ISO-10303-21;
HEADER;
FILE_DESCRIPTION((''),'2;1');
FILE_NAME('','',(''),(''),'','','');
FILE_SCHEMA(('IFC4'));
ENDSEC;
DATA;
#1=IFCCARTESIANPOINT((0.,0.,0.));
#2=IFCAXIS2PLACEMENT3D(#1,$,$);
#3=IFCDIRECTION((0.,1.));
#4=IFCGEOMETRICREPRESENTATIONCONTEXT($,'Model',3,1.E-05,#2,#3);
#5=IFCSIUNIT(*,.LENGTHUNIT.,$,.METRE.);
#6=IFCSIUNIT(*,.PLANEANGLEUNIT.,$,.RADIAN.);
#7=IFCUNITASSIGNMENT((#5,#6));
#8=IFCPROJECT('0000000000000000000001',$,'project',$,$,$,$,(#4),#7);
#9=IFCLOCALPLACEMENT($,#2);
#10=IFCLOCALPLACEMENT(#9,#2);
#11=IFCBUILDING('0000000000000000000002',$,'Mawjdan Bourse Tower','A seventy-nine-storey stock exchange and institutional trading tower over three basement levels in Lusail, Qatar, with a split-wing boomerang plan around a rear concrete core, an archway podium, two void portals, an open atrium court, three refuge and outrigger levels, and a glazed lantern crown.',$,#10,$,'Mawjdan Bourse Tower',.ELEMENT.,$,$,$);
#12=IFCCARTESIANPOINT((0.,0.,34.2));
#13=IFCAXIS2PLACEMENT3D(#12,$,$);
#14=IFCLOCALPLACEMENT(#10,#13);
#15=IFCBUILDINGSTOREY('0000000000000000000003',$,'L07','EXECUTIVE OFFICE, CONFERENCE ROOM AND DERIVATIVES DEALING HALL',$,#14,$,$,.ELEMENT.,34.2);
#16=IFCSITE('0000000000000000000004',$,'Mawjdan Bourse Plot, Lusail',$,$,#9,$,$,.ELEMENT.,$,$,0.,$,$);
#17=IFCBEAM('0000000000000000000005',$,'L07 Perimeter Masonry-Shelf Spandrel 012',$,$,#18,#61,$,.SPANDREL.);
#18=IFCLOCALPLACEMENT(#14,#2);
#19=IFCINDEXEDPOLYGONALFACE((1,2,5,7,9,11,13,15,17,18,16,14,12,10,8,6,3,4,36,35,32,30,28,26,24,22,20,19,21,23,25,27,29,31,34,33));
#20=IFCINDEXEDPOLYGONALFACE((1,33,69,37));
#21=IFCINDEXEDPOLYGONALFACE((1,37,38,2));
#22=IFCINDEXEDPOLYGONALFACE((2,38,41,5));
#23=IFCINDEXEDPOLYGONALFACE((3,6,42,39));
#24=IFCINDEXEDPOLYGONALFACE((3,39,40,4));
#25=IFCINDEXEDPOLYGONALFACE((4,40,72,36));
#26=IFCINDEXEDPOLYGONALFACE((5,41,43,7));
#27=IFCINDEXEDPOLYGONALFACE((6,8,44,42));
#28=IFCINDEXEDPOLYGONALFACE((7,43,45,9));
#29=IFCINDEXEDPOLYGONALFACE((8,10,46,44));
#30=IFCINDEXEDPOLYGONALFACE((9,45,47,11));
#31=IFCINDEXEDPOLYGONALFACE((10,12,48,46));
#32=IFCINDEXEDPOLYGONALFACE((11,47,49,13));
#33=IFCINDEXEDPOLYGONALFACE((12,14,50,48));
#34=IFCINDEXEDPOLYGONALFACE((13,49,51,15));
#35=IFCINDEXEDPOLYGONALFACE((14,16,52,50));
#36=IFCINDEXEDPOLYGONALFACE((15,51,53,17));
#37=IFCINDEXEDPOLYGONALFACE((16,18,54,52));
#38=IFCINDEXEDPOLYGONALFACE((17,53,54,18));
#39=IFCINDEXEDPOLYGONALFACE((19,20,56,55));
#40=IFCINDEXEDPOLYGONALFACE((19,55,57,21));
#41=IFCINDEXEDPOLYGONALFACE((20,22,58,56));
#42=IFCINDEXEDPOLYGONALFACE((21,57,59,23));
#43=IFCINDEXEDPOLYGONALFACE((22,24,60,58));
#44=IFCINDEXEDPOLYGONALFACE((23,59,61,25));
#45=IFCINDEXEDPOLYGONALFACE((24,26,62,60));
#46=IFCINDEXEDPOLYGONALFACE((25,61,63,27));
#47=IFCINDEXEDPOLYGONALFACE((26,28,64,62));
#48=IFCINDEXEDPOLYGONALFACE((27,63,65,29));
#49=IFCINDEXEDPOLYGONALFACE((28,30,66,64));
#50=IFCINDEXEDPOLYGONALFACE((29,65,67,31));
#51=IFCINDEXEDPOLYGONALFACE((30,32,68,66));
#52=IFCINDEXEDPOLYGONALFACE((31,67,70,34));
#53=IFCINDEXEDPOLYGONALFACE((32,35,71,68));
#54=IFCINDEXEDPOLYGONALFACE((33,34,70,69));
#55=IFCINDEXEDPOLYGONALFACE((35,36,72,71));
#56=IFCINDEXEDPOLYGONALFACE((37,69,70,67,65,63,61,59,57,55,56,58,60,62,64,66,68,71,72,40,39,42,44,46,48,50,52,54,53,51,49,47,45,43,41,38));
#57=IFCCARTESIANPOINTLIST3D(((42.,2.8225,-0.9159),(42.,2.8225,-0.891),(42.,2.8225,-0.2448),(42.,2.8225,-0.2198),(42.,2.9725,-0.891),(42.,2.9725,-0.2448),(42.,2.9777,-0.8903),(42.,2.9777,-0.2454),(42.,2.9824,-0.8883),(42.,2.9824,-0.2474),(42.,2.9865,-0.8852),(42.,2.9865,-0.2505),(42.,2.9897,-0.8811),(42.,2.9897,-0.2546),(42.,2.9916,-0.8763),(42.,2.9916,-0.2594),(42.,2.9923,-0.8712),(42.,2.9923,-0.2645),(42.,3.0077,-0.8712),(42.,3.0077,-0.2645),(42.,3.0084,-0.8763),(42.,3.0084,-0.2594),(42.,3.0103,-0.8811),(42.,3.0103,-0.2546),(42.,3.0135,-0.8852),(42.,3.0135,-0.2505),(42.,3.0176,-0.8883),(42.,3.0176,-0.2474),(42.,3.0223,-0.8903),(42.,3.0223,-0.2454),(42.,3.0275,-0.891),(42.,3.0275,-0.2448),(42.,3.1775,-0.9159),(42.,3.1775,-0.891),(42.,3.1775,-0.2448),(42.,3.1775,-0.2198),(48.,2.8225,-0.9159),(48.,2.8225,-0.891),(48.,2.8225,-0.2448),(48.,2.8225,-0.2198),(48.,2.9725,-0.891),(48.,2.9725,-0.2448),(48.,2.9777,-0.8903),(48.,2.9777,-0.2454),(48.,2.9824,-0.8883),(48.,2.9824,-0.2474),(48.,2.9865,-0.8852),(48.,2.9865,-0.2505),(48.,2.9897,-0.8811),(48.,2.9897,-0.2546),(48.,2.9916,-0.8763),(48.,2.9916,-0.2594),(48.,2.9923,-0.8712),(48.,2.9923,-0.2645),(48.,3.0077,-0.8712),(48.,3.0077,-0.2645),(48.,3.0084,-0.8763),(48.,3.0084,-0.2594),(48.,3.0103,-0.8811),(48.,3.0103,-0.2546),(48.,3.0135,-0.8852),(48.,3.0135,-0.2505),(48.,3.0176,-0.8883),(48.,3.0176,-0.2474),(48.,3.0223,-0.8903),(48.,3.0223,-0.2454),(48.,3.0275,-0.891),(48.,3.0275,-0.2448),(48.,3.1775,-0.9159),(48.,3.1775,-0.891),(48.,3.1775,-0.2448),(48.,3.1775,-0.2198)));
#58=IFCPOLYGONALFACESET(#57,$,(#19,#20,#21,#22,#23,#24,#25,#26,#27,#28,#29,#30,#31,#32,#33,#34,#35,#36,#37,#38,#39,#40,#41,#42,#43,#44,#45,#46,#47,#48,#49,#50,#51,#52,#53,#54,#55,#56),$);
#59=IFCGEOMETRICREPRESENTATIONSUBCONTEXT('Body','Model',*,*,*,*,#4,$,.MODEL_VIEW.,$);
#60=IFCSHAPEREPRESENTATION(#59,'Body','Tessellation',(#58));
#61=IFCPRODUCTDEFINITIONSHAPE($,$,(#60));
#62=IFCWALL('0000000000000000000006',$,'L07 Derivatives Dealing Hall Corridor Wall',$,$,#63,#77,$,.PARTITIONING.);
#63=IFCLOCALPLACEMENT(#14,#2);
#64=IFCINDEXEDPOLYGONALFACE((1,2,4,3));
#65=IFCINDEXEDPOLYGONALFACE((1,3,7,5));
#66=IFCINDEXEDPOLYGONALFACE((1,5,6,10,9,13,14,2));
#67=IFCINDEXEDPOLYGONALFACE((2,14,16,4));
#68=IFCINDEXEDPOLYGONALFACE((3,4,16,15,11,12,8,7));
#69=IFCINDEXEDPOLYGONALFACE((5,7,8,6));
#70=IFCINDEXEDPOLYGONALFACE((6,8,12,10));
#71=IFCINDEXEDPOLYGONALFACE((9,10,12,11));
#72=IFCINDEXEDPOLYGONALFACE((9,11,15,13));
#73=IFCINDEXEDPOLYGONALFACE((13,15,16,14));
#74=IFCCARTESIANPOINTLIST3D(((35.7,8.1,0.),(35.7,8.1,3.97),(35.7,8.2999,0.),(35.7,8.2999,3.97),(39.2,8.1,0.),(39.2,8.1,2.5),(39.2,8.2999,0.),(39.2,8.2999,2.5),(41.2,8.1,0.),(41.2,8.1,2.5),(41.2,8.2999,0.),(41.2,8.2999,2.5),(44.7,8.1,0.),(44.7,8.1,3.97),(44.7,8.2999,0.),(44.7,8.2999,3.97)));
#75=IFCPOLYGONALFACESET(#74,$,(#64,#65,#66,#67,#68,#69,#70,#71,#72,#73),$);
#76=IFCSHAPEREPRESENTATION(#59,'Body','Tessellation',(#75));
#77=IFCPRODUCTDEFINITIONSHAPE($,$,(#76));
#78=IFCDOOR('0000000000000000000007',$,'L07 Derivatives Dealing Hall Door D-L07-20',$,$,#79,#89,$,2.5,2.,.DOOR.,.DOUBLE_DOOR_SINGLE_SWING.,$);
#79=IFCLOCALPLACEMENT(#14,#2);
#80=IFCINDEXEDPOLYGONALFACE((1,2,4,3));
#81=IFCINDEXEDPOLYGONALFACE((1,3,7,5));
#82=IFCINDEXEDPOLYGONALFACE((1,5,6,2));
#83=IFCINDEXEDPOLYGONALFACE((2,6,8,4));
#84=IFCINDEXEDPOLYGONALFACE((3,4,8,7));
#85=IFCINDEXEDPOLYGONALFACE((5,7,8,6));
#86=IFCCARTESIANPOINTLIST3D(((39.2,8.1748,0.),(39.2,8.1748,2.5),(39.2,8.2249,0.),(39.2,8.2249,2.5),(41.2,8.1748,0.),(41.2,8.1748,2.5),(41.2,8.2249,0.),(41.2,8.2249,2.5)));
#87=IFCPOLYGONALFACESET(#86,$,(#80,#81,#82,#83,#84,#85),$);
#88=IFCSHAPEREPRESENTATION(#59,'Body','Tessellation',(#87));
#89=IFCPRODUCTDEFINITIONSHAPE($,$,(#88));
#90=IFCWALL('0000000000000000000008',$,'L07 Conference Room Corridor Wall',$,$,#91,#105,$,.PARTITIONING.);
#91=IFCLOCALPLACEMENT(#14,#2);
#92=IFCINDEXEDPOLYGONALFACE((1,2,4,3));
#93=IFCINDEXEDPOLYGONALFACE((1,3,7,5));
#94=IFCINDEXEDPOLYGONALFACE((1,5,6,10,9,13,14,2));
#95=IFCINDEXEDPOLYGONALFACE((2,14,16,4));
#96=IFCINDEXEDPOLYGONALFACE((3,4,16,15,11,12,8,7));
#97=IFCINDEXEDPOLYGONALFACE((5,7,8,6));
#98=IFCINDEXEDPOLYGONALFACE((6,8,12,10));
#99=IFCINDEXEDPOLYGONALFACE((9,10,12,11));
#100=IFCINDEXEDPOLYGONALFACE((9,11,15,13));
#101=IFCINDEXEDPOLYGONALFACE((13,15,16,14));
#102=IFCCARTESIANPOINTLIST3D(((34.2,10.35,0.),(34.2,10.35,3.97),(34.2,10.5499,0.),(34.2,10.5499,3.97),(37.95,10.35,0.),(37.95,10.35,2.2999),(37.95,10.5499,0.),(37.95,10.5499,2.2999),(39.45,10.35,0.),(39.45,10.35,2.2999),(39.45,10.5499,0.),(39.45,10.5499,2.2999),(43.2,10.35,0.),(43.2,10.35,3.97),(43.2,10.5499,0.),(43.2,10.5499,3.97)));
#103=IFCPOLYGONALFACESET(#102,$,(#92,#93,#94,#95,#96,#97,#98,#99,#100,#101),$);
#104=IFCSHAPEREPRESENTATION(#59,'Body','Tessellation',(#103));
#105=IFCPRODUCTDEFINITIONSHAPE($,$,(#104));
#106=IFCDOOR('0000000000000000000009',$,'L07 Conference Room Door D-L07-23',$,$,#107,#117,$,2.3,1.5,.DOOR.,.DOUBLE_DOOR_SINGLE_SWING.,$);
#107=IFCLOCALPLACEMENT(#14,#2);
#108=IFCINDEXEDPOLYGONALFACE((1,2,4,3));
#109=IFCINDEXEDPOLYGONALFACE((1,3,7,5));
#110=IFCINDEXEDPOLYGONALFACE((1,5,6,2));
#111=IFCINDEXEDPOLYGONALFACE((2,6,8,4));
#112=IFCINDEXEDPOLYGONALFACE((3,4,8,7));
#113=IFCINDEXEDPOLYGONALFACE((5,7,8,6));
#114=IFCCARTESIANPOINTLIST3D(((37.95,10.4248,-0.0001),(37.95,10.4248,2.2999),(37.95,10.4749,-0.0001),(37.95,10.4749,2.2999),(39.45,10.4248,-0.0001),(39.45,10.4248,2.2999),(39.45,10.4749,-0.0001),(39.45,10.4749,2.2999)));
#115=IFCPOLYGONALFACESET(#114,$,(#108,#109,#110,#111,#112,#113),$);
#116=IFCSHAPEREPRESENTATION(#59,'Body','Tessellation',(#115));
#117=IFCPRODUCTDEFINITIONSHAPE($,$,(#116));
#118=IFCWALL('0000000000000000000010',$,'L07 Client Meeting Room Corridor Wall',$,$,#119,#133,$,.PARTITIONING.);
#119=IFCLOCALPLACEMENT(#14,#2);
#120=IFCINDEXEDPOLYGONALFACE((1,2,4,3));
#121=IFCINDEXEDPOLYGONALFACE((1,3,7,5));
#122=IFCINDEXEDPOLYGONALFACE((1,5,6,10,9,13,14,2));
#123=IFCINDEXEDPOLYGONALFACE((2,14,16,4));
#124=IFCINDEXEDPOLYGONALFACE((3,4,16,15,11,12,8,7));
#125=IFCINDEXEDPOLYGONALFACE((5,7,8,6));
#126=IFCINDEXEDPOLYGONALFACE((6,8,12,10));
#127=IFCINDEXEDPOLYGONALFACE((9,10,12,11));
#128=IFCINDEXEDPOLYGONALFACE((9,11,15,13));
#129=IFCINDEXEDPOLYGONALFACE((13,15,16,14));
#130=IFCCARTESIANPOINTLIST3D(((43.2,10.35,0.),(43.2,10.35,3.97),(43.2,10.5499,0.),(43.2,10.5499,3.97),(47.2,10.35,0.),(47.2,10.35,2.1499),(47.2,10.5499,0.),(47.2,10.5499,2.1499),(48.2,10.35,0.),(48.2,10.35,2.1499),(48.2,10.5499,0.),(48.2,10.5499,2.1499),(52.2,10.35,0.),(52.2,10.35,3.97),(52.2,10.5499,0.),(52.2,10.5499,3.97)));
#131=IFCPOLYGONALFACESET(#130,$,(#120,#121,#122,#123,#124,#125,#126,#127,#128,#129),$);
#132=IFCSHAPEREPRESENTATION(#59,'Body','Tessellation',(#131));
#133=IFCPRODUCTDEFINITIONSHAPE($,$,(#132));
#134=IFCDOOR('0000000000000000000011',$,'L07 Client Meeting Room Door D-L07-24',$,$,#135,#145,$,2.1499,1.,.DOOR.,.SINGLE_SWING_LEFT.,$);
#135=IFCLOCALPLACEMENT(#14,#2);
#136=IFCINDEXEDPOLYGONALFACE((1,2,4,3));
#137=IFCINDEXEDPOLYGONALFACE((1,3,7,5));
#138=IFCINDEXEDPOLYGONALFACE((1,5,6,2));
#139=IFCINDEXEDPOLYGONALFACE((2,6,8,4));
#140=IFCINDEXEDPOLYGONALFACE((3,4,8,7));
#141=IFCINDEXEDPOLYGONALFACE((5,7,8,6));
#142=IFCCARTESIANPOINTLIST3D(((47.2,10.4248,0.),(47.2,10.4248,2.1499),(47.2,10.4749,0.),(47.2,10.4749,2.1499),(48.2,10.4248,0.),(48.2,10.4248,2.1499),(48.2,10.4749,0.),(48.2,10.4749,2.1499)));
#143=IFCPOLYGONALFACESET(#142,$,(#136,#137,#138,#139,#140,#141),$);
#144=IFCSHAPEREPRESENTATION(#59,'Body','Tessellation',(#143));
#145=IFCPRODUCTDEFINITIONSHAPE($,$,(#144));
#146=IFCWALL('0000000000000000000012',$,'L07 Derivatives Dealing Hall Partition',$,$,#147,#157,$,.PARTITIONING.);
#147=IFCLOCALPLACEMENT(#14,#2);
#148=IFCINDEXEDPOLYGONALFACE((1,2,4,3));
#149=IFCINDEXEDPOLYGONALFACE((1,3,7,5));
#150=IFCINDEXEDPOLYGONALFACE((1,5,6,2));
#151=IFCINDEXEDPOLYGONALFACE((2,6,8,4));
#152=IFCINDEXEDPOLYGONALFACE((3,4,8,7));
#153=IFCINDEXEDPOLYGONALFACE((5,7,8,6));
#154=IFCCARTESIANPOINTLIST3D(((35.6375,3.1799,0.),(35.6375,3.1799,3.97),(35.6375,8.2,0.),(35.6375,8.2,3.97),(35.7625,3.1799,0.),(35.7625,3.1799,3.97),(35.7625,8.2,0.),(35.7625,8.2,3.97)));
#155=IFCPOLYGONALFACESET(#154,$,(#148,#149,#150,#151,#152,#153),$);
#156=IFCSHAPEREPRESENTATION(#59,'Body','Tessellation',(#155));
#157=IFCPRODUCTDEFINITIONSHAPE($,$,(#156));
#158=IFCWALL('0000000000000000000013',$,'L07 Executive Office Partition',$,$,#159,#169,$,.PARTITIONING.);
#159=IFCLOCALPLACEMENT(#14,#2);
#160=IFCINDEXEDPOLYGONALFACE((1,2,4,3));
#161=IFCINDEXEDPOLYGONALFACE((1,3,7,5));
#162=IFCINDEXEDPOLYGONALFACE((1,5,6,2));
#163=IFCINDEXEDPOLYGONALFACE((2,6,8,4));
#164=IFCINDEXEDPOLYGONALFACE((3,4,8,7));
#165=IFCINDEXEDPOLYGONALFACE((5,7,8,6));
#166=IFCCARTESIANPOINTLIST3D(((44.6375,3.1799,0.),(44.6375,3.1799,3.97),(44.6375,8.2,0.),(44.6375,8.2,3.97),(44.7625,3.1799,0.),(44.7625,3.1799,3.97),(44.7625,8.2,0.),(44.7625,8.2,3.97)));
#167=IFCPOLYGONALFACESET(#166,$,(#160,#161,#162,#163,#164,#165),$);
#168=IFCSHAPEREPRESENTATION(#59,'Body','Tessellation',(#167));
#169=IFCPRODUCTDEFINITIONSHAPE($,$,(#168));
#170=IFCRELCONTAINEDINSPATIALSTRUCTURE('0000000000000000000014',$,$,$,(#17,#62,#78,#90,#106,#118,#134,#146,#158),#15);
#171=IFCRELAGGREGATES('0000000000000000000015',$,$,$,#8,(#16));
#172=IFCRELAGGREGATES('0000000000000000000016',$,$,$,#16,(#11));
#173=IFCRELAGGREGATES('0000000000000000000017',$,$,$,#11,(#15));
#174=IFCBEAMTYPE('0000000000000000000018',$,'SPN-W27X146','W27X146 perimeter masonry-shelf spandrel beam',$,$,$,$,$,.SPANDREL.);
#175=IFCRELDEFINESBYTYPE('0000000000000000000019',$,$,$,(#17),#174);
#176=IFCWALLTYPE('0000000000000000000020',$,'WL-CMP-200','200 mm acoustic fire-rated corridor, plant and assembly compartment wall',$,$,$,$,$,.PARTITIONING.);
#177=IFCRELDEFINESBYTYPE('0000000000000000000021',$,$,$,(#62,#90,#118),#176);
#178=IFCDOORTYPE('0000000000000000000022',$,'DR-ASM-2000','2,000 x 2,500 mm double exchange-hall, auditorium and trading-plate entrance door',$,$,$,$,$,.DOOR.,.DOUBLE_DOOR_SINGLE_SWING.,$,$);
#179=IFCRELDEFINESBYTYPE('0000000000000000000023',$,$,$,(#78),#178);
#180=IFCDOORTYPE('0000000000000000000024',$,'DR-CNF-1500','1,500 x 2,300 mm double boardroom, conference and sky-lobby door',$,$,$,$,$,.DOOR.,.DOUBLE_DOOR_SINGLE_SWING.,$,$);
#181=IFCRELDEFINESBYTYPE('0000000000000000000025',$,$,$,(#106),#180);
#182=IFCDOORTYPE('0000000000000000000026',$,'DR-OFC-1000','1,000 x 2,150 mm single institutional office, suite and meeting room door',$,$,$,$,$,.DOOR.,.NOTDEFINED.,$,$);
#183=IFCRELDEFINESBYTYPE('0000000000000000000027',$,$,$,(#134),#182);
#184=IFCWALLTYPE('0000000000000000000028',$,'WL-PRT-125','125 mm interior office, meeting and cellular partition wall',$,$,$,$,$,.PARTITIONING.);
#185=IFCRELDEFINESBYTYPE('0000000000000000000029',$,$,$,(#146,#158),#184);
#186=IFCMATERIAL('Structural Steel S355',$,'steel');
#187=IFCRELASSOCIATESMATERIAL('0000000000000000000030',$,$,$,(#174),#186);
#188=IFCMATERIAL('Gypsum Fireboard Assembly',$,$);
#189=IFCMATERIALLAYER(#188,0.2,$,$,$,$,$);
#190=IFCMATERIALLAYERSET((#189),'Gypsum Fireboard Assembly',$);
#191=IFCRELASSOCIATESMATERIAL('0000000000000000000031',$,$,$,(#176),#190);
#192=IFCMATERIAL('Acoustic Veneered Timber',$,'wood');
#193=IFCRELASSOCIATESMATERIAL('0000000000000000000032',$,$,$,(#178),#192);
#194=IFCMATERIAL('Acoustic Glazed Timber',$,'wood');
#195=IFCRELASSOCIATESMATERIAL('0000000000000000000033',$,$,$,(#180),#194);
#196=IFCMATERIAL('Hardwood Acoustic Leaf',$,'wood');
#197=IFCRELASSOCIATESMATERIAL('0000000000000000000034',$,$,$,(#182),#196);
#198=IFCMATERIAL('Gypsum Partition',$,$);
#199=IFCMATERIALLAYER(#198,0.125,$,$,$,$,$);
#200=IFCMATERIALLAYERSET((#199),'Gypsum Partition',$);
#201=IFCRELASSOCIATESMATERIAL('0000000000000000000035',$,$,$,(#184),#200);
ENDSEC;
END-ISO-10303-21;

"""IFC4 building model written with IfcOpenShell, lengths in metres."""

from ifc_helpers import new_model, si_unit, direction, frame, frame_2d, origin, origin_2d, place, context, subcontext, project, spatial, rectangle, i_section, extrude, material, layer, layer_set, material_profile, profile_set, type_object, element, fill, save


model = new_model("IFC4")

# Units and contexts
model_context = context("Model", 3, precision=1e-05, world=origin(), true_north=direction((0.0, 1.0)))
body_context = subcontext(model_context, "Body", "Model", "MODEL_VIEW")
ifc_project = project(units=[si_unit("LENGTHUNIT", "METRE"), si_unit("PLANEANGLEUNIT", "RADIAN")], contexts=[model_context])

# Site, building, storey
site_placement = place(None, origin())
site = spatial("IfcSite", under=ifc_project, at=site_placement, Name="Mawjdan Bourse Plot, Lusail", CompositionType="ELEMENT", RefElevation=0.0)
building_placement = place(site_placement, origin())
building = spatial("IfcBuilding", under=site, at=building_placement, Name="Mawjdan Bourse Tower", Description="A seventy-nine-storey stock exchange and institutional trading tower over three basement levels in Lusail, Qatar, with a split-wing boomerang plan around a rear concrete core, an archway podium, two void portals, an open atrium court, three refuge and outrigger levels, and a glazed lantern crown.", LongName="Mawjdan Bourse Tower", CompositionType="ELEMENT")
storey_placement = place(building_placement, frame((0.0, 0.0, 34.2)))
storey = spatial("IfcBuildingStorey", under=building, at=storey_placement, Name="L07", Description="EXECUTIVE OFFICE, CONFERENCE ROOM AND DERIVATIVES DEALING HALL", CompositionType="ELEMENT", Elevation=34.2)

# Beam
ifc_material_1 = material(Name="Structural Steel S355", Category="steel")
ifc_material_profile_1 = material_profile(ifc_material_1, i_section(OverallWidth=0.355, OverallDepth=0.696, WebThickness=0.0154, FlangeThickness=0.0249, FilletRadius=0.0198, at=origin_2d()), Name="W27X146")
ifc_profile_set_1 = profile_set([ifc_material_profile_1], Name="Structural Steel S355")
beam_type_1 = type_object("IfcBeamType", Name="SPN-W27X146", Description="W27X146 perimeter masonry-shelf spandrel beam", PredefinedType="SPANDREL", material=ifc_profile_set_1)
beam_1_placement = place(storey_placement, frame((42.0, 3.0, -0.5679), z_axis=(1.0, 0.0, 0.0), x_axis=(0.0, 1.0, 0.0)))
element("IfcBeam", 1, at=beam_1_placement, inside=storey, type_object=beam_type_1, Name="L07 Perimeter Masonry-Shelf Spandrel 012", PredefinedType="SPANDREL", context=body_context, shape_type="SweptSolid", body=[
    extrude(i_section(OverallWidth=0.355, OverallDepth=0.696, WebThickness=0.0154, FlangeThickness=0.0249, FilletRadius=0.0198, at=origin_2d()), origin(), (0.0, 0.0, 1.0), 6.0),
])

# Walls, openings, doors
ifc_material_2 = material(Name="Gypsum Fireboard Assembly")
ifc_layer_1 = layer(ifc_material_2, 0.2)
ifc_layer_set_1 = layer_set([ifc_layer_1], Name="Gypsum Fireboard Assembly")
wall_type_1 = type_object("IfcWallType", Name="WL-CMP-200", Description="200 mm acoustic fire-rated corridor, plant and assembly compartment wall", PredefinedType="PARTITIONING", material=ifc_layer_set_1)
wall_1_placement = place(storey_placement, frame((35.7, 8.2, 0.0), z_axis=(0.0, 0.0, 1.0), x_axis=(1.0, 0.0, 0.0)))
wall_1 = element("IfcWall", 2, at=wall_1_placement, inside=storey, type_object=wall_type_1, Name="L07 Derivatives Dealing Hall Corridor Wall", PredefinedType="PARTITIONING", context=body_context, shape_type="SweptSolid", body=[
    extrude(rectangle(XDim=9.0, YDim=0.2, at=frame_2d((4.5, 0.0))), origin(), (0.0, 0.0, 1.0), 3.97),
])
opening_1_placement = place(wall_1_placement, frame((3.5, 0.0, 0.0)))
opening_1 = element("IfcOpeningElement", 3, at=opening_1_placement, cuts=wall_1, PredefinedType="OPENING", context=body_context, shape_type="SweptSolid", body=[
    extrude(rectangle(XDim=2.0, YDim=2.5, at=frame_2d((1.0, 1.25))), frame((0.0, 0.1099, 0.0), z_axis=(0.0, -1.0, 0.0), x_axis=(1.0, 0.0, 0.0)), (0.0, 0.0, 1.0), 0.22),
])
ifc_material_3 = material(Name="Acoustic Veneered Timber", Category="wood")
door_type_1 = type_object("IfcDoorType", Name="DR-ASM-2000", Description="2,000 x 2,500 mm double exchange-hall, auditorium and trading-plate entrance door", OperationType="DOUBLE_DOOR_SINGLE_SWING", PredefinedType="DOOR", material=ifc_material_3)
door_1_placement = place(opening_1_placement, origin())
door_1 = element("IfcDoor", 4, at=door_1_placement, inside=storey, type_object=door_type_1, Name="L07 Derivatives Dealing Hall Door D-L07-20", OperationType="DOUBLE_DOOR_SINGLE_SWING", OverallHeight=2.5, OverallWidth=2.0, PredefinedType="DOOR", context=body_context, shape_type="SweptSolid", body=[
    extrude(rectangle(XDim=2.0, YDim=2.5, at=frame_2d((1.0, 1.25))), frame((0.0, 0.0249, 0.0), z_axis=(0.0, -1.0, 0.0), x_axis=(1.0, 0.0, 0.0)), (0.0, 0.0, 1.0), 0.05),
])
fill(opening_1, door_1)
wall_2_placement = place(storey_placement, frame((34.2, 10.45, 0.0), z_axis=(0.0, 0.0, 1.0), x_axis=(1.0, 0.0, 0.0)))
wall_2 = element("IfcWall", 5, at=wall_2_placement, inside=storey, type_object=wall_type_1, Name="L07 Conference Room Corridor Wall", PredefinedType="PARTITIONING", context=body_context, shape_type="SweptSolid", body=[
    extrude(rectangle(XDim=9.0, YDim=0.2, at=frame_2d((4.5, 0.0))), origin(), (0.0, 0.0, 1.0), 3.97),
])
opening_2_placement = place(wall_2_placement, frame((3.75, 0.0, 0.0)))
opening_2 = element("IfcOpeningElement", 6, at=opening_2_placement, cuts=wall_2, PredefinedType="OPENING", context=body_context, shape_type="SweptSolid", body=[
    extrude(rectangle(XDim=1.5, YDim=2.3, at=frame_2d((0.75, 1.1499))), frame((0.0, 0.1099, 0.0), z_axis=(0.0, -1.0, 0.0), x_axis=(1.0, 0.0, 0.0)), (0.0, 0.0, 1.0), 0.22),
])
ifc_material_4 = material(Name="Acoustic Glazed Timber", Category="wood")
door_type_2 = type_object("IfcDoorType", Name="DR-CNF-1500", Description="1,500 x 2,300 mm double boardroom, conference and sky-lobby door", OperationType="DOUBLE_DOOR_SINGLE_SWING", PredefinedType="DOOR", material=ifc_material_4)
door_2_placement = place(opening_2_placement, origin())
door_2 = element("IfcDoor", 7, at=door_2_placement, inside=storey, type_object=door_type_2, Name="L07 Conference Room Door D-L07-23", OperationType="DOUBLE_DOOR_SINGLE_SWING", OverallHeight=2.3, OverallWidth=1.5, PredefinedType="DOOR", context=body_context, shape_type="SweptSolid", body=[
    extrude(rectangle(XDim=1.5, YDim=2.3, at=frame_2d((0.75, 1.1499))), frame((0.0, 0.0249, 0.0), z_axis=(0.0, -1.0, 0.0), x_axis=(1.0, 0.0, 0.0)), (0.0, 0.0, 1.0), 0.05),
])
fill(opening_2, door_2)
wall_3_placement = place(storey_placement, frame((43.2, 10.45, 0.0), z_axis=(0.0, 0.0, 1.0), x_axis=(1.0, 0.0, 0.0)))
wall_3 = element("IfcWall", 8, at=wall_3_placement, inside=storey, type_object=wall_type_1, Name="L07 Client Meeting Room Corridor Wall", PredefinedType="PARTITIONING", context=body_context, shape_type="SweptSolid", body=[
    extrude(rectangle(XDim=9.0, YDim=0.2, at=frame_2d((4.5, 0.0))), origin(), (0.0, 0.0, 1.0), 3.97),
])
opening_3_placement = place(wall_3_placement, frame((4.0, 0.0, 0.0)))
opening_3 = element("IfcOpeningElement", 9, at=opening_3_placement, cuts=wall_3, PredefinedType="OPENING", context=body_context, shape_type="SweptSolid", body=[
    extrude(rectangle(XDim=1.0, YDim=2.1499, at=frame_2d((0.5, 1.075))), frame((0.0, 0.1099, 0.0), z_axis=(0.0, -1.0, 0.0), x_axis=(1.0, 0.0, 0.0)), (0.0, 0.0, 1.0), 0.22),
])
ifc_material_5 = material(Name="Hardwood Acoustic Leaf", Category="wood")
door_type_3 = type_object("IfcDoorType", Name="DR-OFC-1000", Description="1,000 x 2,150 mm single institutional office, suite and meeting room door", OperationType="NOTDEFINED", PredefinedType="DOOR", material=ifc_material_5)
door_3_placement = place(opening_3_placement, origin())
door_3 = element("IfcDoor", 10, at=door_3_placement, inside=storey, type_object=door_type_3, Name="L07 Client Meeting Room Door D-L07-24", OperationType="SINGLE_SWING_LEFT", OverallHeight=2.1499, OverallWidth=1.0, PredefinedType="DOOR", context=body_context, shape_type="SweptSolid", body=[
    extrude(rectangle(XDim=1.0, YDim=2.1499, at=frame_2d((0.5, 1.075))), frame((0.0, 0.0249, 0.0), z_axis=(0.0, -1.0, 0.0), x_axis=(1.0, 0.0, 0.0)), (0.0, 0.0, 1.0), 0.05),
])
fill(opening_3, door_3)

# Walls
ifc_material_6 = material(Name="Gypsum Partition")
ifc_layer_2 = layer(ifc_material_6, 0.125)
ifc_layer_set_2 = layer_set([ifc_layer_2], Name="Gypsum Partition")
wall_type_2 = type_object("IfcWallType", Name="WL-PRT-125", Description="125 mm interior office, meeting and cellular partition wall", PredefinedType="PARTITIONING", material=ifc_layer_set_2)
for number, where, z_axis, x_axis, name in (
    (11, (35.7, 3.1799, 0.0), (0.0, 0.0, 1.0), (0.0, 1.0, 0.0), "L07 Derivatives Dealing Hall Partition"),
    (12, (44.7, 3.1799, 0.0), (0.0, 0.0, 1.0), (0.0, 1.0, 0.0), "L07 Executive Office Partition"),
):
    element("IfcWall", number, at=place(storey_placement, frame(where, z_axis=z_axis, x_axis=x_axis)), inside=storey, type_object=wall_type_2, Name=name, PredefinedType="PARTITIONING", context=body_context, shape_type="SweptSolid", body=[
        extrude(rectangle(XDim=5.02, YDim=0.125, at=frame_2d((2.51, 0.0))), origin(), (0.0, 0.0, 1.0), 3.97),
    ])

save(model, "model.ifc")
